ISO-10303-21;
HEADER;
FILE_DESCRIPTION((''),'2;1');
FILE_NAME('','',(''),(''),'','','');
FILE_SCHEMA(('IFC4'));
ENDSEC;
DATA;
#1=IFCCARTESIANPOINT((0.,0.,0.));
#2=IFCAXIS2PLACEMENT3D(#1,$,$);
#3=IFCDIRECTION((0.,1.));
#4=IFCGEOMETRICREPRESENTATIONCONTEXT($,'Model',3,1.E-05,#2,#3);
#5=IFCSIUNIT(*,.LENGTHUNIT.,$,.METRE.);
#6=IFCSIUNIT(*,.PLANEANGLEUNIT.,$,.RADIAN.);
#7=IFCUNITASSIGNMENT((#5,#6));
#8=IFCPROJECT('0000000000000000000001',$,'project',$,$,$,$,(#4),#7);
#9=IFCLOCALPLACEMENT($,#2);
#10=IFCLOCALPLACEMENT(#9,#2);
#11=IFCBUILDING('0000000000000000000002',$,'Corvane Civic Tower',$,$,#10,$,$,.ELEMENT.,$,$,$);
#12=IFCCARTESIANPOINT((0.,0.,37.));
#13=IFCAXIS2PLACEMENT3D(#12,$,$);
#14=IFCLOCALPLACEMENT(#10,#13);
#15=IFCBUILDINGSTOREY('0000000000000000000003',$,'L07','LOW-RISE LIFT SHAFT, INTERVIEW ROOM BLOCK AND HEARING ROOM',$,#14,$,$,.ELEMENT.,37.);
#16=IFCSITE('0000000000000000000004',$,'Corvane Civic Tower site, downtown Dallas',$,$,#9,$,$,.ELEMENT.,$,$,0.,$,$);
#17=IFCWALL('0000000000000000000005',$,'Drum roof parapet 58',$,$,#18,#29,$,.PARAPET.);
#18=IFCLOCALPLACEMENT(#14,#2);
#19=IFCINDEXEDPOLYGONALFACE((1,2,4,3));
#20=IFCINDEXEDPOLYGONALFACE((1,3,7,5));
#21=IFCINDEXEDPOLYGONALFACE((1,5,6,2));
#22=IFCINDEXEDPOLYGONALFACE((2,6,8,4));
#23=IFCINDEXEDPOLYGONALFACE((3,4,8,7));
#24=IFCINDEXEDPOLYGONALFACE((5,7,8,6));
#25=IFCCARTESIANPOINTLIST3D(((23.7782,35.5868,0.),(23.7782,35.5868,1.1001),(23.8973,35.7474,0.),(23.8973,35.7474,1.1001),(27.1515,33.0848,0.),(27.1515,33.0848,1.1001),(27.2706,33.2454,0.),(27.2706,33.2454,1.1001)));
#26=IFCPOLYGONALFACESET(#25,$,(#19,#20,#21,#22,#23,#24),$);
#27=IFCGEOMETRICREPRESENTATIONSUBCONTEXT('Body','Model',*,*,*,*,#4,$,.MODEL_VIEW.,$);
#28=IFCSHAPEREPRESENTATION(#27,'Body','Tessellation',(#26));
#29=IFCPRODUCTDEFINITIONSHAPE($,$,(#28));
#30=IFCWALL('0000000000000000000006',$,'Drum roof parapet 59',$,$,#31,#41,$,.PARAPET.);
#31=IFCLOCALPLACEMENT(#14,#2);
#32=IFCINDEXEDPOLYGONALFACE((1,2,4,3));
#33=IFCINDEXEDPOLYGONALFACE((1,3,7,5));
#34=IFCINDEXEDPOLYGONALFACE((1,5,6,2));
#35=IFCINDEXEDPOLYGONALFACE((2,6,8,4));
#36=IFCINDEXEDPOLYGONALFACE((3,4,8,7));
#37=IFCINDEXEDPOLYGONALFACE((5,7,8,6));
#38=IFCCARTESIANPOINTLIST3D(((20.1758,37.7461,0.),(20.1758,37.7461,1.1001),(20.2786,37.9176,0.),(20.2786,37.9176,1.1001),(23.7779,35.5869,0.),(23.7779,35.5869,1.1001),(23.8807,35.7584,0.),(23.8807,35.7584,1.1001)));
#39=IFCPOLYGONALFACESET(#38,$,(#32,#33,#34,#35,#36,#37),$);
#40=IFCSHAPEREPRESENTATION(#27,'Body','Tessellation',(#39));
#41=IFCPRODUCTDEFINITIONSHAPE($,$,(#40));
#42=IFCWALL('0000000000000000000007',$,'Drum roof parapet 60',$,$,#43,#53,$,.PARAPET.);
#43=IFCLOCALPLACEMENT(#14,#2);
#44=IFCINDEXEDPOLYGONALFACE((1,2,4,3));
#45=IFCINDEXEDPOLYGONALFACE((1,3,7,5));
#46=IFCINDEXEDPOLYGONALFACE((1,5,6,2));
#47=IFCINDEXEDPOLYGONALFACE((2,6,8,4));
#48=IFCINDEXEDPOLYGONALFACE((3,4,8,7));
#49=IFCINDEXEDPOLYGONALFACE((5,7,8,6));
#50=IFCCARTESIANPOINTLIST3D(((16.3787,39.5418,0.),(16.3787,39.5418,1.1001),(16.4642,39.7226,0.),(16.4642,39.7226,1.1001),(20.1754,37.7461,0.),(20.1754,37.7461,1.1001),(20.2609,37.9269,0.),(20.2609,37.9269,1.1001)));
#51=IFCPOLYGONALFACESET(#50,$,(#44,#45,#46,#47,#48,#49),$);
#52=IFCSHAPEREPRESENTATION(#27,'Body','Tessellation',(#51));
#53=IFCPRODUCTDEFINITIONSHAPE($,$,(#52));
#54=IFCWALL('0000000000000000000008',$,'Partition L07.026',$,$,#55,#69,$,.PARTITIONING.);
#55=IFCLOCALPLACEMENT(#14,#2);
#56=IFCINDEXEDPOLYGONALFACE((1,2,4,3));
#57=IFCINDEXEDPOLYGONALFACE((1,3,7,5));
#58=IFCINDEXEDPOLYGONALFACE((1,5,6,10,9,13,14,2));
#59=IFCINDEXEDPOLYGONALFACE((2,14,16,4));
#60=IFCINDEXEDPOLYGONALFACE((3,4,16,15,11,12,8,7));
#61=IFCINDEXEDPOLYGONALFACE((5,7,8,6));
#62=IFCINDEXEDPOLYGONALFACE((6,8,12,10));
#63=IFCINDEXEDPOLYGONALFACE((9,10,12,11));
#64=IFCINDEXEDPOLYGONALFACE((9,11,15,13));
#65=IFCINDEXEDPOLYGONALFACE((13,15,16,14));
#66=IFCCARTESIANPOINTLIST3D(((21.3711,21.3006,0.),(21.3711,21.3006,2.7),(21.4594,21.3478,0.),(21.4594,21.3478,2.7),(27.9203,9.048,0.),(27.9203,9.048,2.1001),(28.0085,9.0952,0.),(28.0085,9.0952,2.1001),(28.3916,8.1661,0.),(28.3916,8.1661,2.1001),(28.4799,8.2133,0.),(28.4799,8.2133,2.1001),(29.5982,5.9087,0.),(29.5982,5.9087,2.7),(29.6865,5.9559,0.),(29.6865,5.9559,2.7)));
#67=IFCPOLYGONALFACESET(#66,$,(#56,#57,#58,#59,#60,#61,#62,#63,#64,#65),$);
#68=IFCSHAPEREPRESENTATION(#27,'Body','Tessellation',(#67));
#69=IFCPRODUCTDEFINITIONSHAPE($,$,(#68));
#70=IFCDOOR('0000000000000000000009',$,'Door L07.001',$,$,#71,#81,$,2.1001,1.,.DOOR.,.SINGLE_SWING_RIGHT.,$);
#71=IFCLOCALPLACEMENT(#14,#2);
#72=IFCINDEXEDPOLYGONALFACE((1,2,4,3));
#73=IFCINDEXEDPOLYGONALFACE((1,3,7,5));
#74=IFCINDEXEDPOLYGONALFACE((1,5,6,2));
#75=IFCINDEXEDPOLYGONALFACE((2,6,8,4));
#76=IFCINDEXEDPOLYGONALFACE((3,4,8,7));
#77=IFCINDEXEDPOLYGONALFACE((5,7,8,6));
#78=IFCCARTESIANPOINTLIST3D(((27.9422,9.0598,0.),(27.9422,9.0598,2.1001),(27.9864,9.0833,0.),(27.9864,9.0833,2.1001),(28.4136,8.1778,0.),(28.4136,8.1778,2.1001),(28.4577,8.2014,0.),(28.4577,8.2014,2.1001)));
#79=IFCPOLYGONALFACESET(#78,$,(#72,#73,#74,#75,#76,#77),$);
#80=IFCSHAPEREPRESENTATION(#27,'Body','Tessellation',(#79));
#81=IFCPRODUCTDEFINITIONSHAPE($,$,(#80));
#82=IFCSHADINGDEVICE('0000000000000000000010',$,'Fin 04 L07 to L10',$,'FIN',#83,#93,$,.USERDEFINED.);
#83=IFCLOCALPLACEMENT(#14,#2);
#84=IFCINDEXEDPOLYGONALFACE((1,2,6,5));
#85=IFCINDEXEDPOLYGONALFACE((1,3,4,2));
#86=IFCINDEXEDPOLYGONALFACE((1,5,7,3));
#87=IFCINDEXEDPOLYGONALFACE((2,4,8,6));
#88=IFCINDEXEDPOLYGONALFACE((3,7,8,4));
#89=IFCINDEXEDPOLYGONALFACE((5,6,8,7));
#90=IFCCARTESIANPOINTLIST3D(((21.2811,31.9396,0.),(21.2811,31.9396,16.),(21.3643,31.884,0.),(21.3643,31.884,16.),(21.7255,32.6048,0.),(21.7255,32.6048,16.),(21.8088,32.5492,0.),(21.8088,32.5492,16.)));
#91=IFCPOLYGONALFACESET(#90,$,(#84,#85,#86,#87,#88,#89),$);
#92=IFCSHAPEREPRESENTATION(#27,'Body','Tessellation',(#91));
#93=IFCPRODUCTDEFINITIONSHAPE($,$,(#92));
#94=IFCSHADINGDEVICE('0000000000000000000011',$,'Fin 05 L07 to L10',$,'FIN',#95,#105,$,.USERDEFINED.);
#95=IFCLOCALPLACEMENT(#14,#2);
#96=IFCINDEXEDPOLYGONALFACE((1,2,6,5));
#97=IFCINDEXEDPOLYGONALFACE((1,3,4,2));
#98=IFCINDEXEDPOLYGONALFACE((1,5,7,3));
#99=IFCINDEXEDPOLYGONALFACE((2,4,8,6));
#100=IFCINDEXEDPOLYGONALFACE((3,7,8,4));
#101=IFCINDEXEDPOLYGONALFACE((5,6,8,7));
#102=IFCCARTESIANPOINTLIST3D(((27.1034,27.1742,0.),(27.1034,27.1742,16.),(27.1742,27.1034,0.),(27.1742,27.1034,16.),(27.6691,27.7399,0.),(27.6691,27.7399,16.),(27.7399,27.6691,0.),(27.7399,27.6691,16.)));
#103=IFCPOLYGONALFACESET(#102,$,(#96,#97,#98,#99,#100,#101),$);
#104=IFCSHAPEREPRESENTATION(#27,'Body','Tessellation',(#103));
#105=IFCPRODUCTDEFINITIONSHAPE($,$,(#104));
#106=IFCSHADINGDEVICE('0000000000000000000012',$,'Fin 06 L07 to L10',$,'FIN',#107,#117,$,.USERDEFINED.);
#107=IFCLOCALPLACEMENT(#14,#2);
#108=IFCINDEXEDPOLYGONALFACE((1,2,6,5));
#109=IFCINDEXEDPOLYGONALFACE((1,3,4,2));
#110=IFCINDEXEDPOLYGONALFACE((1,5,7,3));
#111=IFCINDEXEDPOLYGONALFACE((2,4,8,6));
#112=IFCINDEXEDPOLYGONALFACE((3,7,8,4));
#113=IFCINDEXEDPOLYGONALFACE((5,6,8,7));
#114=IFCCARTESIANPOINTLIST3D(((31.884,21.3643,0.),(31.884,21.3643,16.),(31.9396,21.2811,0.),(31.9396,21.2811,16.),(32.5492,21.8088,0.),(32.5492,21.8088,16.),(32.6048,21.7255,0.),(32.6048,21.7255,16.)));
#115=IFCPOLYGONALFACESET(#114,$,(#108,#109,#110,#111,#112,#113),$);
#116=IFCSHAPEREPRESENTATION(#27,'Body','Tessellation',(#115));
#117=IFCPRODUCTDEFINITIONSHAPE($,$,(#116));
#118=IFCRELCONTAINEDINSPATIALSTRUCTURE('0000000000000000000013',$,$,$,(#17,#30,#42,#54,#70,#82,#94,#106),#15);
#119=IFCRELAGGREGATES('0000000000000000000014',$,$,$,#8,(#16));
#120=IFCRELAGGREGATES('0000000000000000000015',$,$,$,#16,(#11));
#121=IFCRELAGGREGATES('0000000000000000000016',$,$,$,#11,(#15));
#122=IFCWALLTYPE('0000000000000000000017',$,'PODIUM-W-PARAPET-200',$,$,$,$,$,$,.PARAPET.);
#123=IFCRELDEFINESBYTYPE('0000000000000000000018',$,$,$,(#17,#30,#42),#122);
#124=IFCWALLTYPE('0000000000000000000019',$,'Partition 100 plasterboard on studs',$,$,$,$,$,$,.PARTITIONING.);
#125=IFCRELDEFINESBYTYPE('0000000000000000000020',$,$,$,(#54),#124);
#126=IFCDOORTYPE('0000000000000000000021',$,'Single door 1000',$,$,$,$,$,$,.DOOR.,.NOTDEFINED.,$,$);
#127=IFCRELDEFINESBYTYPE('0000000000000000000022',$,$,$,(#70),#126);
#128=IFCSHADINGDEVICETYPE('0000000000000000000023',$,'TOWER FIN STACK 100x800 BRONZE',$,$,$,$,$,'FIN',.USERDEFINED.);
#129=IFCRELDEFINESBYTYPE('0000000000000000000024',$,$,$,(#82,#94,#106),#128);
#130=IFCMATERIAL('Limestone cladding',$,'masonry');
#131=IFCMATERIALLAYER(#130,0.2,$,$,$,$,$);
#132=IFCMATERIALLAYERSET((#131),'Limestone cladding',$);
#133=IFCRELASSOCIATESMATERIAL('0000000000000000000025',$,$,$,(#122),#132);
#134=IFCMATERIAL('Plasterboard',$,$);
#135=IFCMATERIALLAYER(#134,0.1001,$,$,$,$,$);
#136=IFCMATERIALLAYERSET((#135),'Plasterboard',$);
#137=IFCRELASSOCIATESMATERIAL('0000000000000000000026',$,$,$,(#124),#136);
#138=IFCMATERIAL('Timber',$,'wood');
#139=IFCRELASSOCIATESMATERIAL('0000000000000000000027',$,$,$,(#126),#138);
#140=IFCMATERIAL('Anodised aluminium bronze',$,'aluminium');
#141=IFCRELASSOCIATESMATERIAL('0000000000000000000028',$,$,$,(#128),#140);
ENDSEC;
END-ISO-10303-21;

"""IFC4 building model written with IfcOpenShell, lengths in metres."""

from ifc_helpers import new_model, si_unit, direction, frame, frame_2d, origin, origin_2d, place, context, subcontext, project, spatial, rectangle, extrude, material, layer, layer_set, material_profile, profile_set, type_object, element, fill, save


model = new_model("IFC4")

# Units and contexts
model_context = context("Model", 3, precision=1e-05, world=origin(), true_north=direction((0.0, 1.0)))
body_context = subcontext(model_context, "Body", "Model", "MODEL_VIEW")
ifc_project = project(units=[si_unit("LENGTHUNIT", "METRE"), si_unit("PLANEANGLEUNIT", "RADIAN")], contexts=[model_context])

# Site, building, storey
site_placement = place(None, origin())
site = spatial("IfcSite", under=ifc_project, at=site_placement, Name="Corvane Civic Tower site, downtown Dallas", CompositionType="ELEMENT", RefElevation=0.0)
building_placement = place(site_placement, origin())
building = spatial("IfcBuilding", under=site, at=building_placement, Name="Corvane Civic Tower", CompositionType="ELEMENT")
storey_placement = place(building_placement, frame((0.0, 0.0, 37.0)))
storey = spatial("IfcBuildingStorey", under=building, at=storey_placement, Name="L07", Description="LOW-RISE LIFT SHAFT, INTERVIEW ROOM BLOCK AND HEARING ROOM", CompositionType="ELEMENT", Elevation=37.0)

# Walls
ifc_material_1 = material(Name="Limestone cladding", Category="masonry")
ifc_layer_1 = layer(ifc_material_1, 0.2)
ifc_layer_set_1 = layer_set([ifc_layer_1], Name="Limestone cladding")
wall_type_1 = type_object("IfcWallType", Name="PODIUM-W-PARAPET-200", PredefinedType="PARAPET", material=ifc_layer_set_1)
for number, where, z_axis, x_axis, name in (
    (1, (27.2112, 33.165, 0.0), (0.0, 0.0, 1.0), (-0.80319, 0.595722, 0.0), "Drum roof parapet 58"),
):
    element("IfcWall", number, at=place(storey_placement, frame(where, z_axis=z_axis, x_axis=x_axis)), inside=storey, type_object=wall_type_1, Name=name, PredefinedType="PARAPET", context=body_context, shape_type="SweptSolid", body=[
        extrude(rectangle(XDim=4.2, YDim=0.2, at=frame_2d((2.1001, 0.0))), origin(), (0.0, 0.0, 1.0), 1.1001),
    ])
wall_1_placement = place(storey_placement, frame((23.8293, 35.6726, 0.0), z_axis=(0.0, 0.0, 1.0), x_axis=(-0.857708, 0.514137, 0.0)))
element("IfcWall", 2, at=wall_1_placement, inside=storey, type_object=wall_type_1, Name="Drum roof parapet 59", PredefinedType="PARAPET", context=body_context, shape_type="SweptSolid", body=[
    extrude(rectangle(XDim=4.1997, YDim=0.2, at=frame_2d((2.0999, 0.0))), origin(), (0.0, 0.0, 1.0), 1.1001),
])
wall_2_placement = place(storey_placement, frame((20.2183, 37.8364, 0.0), z_axis=(0.0, 0.0, 1.0), x_axis=(-0.903991, 0.427552, 0.0)))
element("IfcWall", 3, at=wall_2_placement, inside=storey, type_object=wall_type_1, Name="Drum roof parapet 60", PredefinedType="PARAPET", context=body_context, shape_type="SweptSolid", body=[
    extrude(rectangle(XDim=4.2, YDim=0.2, at=frame_2d((2.1001, 0.0))), origin(), (0.0, 0.0, 1.0), 1.1001),
])

# Wall, opening, door
ifc_material_2 = material(Name="Plasterboard")
ifc_layer_2 = layer(ifc_material_2, 0.1001)
ifc_layer_set_2 = layer_set([ifc_layer_2], Name="Plasterboard")
wall_type_2 = type_object("IfcWallType", Name="Partition 100 plasterboard on studs", PredefinedType="PARTITIONING", material=ifc_layer_set_2)
wall_3_placement = place(storey_placement, frame((21.4153, 21.3242, 0.0), z_axis=(0.0, 0.0, 1.0), x_axis=(0.471394, -0.881923, 0.0)))
wall_3 = element("IfcWall", 4, at=wall_3_placement, inside=storey, type_object=wall_type_2, Name="Partition L07.026", PredefinedType="PARTITIONING", context=body_context, shape_type="SweptSolid", body=[
    extrude(rectangle(XDim=17.4526, YDim=0.1001, at=frame_2d((8.7263, 0.0))), origin(), (0.0, 0.0, 1.0), 2.7),
])
opening_placement = place(wall_3_placement, frame((13.8931, 0.0, 0.0)))
opening = element("IfcOpeningElement", 5, at=opening_placement, cuts=wall_3, PredefinedType="OPENING", context=body_context, shape_type="SweptSolid", body=[
    extrude(rectangle(XDim=1.0, YDim=2.1001, at=frame_2d((0.5, 1.05))), frame((0.0, 0.0601, 0.0), z_axis=(0.0, -1.0, 0.0), x_axis=(1.0, 0.0, 0.0)), (0.0, 0.0, 1.0), 0.1201),
])
ifc_material_3 = material(Name="Timber", Category="wood")
door_type = type_object("IfcDoorType", Name="Single door 1000", OperationType="NOTDEFINED", PredefinedType="DOOR", material=ifc_material_3)
door_placement = place(opening_placement, origin())
door = element("IfcDoor", 6, at=door_placement, inside=storey, type_object=door_type, Name="Door L07.001", OperationType="SINGLE_SWING_RIGHT", OverallHeight=2.1001, OverallWidth=1.0, PredefinedType="DOOR", context=body_context, shape_type="SweptSolid", body=[
    extrude(rectangle(XDim=1.0, YDim=2.1001, at=frame_2d((0.5, 1.05))), frame((0.0, 0.0249, 0.0), z_axis=(0.0, -1.0, 0.0), x_axis=(1.0, 0.0, 0.0)), (0.0, 0.0, 1.0), 0.05),
])
fill(opening, door)

# Shading devices
ifc_material_4 = material(Name="Anodised aluminium bronze", Category="aluminium")
ifc_material_profile_1 = material_profile(ifc_material_4, rectangle(XDim=0.1001, YDim=0.8, at=origin_2d()), Name="TOWER FIN STACK 100x800 BRONZE")
ifc_profile_set_1 = profile_set([ifc_material_profile_1], Name="Anodised aluminium bronze")
shading_device_type = type_object("IfcShadingDeviceType", Name="TOWER FIN STACK 100x800 BRONZE", ElementType="FIN", PredefinedType="USERDEFINED", material=ifc_profile_set_1)
for number, where, z_axis, x_axis, name in (
    (7, (21.5449, 32.2444, 0.0), (0.0, 0.0, 1.0), (0.83147, -0.55557, 0.0), "Fin 04 L07 to L10"),
    (8, (27.4216, 27.4216, 0.0), (0.0, 0.0, 1.0), (0.707107, -0.707107, 0.0), "Fin 05 L07 to L10"),
    (9, (32.2444, 21.5449, 0.0), (0.0, 0.0, 1.0), (0.55557, -0.83147, 0.0), "Fin 06 L07 to L10"),
):
    element("IfcShadingDevice", number, at=place(storey_placement, frame(where, z_axis=z_axis, x_axis=x_axis)), inside=storey, type_object=shading_device_type, Name=name, ObjectType="FIN", PredefinedType="USERDEFINED", context=body_context, shape_type="SweptSolid", body=[
        extrude(rectangle(XDim=0.1001, YDim=0.8, at=origin_2d()), origin(), (0.0, 0.0, 1.0), 16.0),
    ])

save(model, "model.ifc")
